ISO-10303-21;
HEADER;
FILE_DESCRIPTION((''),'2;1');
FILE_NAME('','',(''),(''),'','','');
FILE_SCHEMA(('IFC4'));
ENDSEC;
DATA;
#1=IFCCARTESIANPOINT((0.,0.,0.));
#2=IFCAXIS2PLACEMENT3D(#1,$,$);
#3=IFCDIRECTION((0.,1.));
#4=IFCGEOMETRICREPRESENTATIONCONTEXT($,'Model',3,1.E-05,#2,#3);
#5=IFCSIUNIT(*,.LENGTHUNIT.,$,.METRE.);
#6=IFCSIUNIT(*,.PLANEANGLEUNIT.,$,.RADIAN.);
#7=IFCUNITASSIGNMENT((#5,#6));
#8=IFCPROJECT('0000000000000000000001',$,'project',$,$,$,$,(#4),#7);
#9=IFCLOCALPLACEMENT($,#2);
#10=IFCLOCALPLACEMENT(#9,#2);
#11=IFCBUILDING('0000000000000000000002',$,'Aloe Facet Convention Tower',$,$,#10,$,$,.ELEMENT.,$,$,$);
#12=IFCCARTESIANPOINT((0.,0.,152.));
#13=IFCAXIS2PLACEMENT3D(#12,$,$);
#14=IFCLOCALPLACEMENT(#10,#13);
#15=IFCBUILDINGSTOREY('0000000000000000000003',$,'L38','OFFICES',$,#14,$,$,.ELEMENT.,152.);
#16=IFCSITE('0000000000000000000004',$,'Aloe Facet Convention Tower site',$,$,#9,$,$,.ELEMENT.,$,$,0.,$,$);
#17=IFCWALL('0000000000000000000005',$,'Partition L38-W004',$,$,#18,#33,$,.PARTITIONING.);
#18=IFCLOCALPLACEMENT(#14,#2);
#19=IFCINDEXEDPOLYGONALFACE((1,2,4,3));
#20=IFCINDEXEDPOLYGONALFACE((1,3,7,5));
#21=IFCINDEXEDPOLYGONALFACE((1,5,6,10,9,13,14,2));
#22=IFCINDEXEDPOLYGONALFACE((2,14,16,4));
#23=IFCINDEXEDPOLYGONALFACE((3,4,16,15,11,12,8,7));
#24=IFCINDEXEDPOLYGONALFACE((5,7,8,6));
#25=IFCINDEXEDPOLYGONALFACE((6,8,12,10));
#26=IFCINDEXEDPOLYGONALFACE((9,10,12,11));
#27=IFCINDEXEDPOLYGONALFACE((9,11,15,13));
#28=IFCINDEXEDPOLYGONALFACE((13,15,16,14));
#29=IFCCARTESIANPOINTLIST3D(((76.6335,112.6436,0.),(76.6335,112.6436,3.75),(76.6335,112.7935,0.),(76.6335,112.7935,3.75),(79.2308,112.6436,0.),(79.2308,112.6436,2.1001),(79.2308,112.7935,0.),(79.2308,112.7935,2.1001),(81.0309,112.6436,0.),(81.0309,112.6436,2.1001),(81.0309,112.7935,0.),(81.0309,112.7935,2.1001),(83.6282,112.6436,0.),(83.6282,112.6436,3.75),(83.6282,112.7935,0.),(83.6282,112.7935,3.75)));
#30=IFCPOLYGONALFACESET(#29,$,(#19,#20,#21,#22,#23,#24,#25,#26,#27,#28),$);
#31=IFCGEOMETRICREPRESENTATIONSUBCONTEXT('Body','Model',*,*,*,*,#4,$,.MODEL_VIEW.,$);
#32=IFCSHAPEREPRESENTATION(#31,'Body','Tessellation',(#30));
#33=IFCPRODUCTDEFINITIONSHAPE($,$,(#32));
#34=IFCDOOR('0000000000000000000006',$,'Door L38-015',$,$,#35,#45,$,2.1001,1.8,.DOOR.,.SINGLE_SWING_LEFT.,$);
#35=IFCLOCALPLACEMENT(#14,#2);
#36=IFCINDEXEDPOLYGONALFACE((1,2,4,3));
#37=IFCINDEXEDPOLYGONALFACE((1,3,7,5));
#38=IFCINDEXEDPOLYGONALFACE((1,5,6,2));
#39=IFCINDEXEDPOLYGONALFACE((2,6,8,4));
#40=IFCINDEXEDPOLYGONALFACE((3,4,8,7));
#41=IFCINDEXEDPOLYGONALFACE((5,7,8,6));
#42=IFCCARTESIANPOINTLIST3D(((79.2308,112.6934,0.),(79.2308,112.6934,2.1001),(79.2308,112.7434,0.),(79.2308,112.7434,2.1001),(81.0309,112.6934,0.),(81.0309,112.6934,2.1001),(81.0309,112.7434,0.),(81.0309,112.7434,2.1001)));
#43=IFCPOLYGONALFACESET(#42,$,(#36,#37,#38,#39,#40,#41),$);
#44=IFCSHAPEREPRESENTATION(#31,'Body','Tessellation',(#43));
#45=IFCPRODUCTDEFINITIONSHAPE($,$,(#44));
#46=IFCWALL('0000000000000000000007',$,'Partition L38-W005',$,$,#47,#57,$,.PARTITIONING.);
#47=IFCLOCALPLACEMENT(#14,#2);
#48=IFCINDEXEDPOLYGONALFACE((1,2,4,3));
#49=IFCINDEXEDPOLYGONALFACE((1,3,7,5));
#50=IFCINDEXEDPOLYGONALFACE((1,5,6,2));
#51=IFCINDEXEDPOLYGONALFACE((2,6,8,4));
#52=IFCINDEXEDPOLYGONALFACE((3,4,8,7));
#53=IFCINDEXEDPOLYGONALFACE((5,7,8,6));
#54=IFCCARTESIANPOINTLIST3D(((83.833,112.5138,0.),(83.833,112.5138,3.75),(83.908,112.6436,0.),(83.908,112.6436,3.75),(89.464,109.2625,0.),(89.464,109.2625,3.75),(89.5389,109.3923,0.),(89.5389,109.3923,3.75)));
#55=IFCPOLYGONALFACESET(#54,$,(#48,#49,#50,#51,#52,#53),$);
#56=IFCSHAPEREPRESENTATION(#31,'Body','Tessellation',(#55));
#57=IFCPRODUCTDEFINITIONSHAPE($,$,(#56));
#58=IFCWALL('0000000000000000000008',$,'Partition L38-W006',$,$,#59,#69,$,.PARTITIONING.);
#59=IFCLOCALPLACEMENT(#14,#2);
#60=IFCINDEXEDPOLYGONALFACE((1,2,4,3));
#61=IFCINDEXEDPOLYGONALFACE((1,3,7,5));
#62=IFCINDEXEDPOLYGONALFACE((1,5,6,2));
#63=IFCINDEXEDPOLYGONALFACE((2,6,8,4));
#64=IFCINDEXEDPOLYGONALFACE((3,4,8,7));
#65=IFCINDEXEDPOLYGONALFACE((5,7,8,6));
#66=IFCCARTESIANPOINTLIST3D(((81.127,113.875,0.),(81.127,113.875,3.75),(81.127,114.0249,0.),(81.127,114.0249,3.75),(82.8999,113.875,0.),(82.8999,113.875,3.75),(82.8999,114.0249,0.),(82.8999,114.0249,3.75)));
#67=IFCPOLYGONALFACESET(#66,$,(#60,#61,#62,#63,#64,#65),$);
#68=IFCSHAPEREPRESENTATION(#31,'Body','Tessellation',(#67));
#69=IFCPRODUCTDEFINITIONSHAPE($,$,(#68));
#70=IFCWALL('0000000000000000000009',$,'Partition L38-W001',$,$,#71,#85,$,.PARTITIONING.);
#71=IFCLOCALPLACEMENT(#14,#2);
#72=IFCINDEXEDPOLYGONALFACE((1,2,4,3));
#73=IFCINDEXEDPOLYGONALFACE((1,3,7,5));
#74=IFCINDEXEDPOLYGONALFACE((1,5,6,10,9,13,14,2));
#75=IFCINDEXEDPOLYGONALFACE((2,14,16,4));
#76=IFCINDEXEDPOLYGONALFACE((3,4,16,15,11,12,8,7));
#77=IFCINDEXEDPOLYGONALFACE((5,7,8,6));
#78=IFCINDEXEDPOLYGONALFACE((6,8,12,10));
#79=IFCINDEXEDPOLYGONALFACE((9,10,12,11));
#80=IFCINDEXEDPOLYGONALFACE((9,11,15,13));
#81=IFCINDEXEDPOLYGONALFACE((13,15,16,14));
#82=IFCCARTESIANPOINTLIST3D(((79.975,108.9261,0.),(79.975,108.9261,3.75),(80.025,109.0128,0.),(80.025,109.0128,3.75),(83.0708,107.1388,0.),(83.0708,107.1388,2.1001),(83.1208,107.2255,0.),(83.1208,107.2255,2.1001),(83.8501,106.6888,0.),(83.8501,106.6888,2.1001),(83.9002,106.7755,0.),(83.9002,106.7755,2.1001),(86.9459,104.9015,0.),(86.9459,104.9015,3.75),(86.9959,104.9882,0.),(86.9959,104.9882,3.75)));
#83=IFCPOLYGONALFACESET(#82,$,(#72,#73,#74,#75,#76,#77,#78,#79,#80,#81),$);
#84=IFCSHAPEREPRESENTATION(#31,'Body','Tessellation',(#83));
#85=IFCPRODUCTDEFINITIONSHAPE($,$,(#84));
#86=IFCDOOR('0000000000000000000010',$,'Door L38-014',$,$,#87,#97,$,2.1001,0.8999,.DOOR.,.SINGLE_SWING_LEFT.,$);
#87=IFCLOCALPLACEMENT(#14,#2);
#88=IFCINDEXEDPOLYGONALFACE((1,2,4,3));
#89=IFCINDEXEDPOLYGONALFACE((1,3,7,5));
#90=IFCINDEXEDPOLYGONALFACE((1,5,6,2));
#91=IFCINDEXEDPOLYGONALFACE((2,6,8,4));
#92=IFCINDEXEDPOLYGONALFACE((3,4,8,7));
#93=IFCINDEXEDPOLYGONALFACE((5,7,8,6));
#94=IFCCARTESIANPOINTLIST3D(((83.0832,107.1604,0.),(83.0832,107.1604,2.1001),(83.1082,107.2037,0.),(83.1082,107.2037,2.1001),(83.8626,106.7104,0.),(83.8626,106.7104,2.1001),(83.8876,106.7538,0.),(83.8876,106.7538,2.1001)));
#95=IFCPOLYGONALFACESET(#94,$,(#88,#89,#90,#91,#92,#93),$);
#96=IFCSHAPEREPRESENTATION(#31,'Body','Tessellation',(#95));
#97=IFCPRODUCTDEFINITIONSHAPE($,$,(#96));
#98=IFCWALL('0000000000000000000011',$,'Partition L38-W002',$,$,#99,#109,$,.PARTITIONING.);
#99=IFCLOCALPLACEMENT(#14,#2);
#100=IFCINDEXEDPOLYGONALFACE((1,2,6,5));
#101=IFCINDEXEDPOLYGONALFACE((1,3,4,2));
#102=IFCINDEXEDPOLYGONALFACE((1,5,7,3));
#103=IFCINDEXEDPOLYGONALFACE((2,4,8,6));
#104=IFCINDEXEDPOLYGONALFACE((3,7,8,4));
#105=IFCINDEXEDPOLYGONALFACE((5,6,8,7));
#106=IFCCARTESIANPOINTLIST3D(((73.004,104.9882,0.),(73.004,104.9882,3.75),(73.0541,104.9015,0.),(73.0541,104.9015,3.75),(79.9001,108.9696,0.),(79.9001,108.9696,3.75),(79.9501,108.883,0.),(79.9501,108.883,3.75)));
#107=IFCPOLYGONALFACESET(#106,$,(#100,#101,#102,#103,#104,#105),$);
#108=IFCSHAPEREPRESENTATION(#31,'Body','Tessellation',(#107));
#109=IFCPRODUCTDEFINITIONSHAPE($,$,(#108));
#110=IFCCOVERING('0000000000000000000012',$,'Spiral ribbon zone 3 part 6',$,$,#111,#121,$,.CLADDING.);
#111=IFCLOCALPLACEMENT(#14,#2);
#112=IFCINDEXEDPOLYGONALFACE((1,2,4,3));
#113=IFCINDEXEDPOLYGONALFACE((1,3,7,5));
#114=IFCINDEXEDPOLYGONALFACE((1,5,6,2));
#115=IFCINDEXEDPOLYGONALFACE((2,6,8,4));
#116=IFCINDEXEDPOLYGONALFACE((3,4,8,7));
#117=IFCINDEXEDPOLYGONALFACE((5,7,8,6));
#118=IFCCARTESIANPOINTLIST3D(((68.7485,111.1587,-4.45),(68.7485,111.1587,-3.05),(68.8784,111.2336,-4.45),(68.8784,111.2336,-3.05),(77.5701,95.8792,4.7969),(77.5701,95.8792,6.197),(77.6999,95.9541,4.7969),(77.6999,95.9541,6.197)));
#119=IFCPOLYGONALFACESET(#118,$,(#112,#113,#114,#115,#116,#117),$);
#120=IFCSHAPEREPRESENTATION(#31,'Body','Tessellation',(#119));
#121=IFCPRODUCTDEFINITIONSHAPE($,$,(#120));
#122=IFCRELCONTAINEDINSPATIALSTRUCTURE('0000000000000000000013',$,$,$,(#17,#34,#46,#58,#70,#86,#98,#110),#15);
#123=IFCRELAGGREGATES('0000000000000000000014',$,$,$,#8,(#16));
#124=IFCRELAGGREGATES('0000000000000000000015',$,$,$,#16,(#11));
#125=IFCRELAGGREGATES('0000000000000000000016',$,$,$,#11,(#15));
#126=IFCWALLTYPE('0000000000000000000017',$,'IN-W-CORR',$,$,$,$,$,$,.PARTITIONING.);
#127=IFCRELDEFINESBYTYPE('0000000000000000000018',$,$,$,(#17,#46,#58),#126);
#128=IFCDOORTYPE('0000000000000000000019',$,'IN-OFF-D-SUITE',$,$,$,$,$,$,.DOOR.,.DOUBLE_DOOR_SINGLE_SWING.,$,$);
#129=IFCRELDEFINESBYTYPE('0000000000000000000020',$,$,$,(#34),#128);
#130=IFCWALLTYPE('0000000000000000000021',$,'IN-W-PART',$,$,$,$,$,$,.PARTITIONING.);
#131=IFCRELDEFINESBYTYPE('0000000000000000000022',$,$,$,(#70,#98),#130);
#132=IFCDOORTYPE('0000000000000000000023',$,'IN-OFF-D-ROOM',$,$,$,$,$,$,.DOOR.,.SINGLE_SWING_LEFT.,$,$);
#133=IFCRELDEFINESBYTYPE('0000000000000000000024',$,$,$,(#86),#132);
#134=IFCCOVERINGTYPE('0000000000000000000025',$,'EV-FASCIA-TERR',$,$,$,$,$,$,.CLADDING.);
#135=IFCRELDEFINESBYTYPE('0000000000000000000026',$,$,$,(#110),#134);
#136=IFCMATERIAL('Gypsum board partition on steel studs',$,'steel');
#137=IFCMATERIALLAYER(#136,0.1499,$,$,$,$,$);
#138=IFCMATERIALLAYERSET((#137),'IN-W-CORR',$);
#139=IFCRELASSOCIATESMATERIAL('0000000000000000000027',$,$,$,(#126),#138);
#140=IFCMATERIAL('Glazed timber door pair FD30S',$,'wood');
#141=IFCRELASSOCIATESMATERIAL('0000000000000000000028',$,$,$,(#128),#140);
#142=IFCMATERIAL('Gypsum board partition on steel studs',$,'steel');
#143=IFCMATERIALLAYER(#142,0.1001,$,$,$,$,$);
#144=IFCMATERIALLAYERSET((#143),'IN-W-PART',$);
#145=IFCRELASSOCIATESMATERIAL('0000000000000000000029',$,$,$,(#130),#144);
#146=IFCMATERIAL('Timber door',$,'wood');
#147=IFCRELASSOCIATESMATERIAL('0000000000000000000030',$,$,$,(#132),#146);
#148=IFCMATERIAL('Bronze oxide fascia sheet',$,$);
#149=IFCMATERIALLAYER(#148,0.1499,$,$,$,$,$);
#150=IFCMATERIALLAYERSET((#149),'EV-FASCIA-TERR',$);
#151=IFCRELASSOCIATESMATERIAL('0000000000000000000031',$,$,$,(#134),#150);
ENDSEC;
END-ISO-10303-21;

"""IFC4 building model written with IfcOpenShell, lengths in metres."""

from ifc_helpers import new_model, si_unit, direction, frame, frame_2d, origin, place, context, subcontext, project, spatial, polyline, rectangle, outline, extrude, material, layer, layer_set, type_object, element, fill, save


model = new_model("IFC4")

# Units and contexts
model_context = context("Model", 3, precision=1e-05, world=origin(), true_north=direction((0.0, 1.0)))
body_context = subcontext(model_context, "Body", "Model", "MODEL_VIEW")
ifc_project = project(units=[si_unit("LENGTHUNIT", "METRE"), si_unit("PLANEANGLEUNIT", "RADIAN")], contexts=[model_context])

# Site, building, storey
site_placement = place(None, origin())
site = spatial("IfcSite", under=ifc_project, at=site_placement, Name="Aloe Facet Convention Tower site", CompositionType="ELEMENT", RefElevation=0.0)
building_placement = place(site_placement, origin())
building = spatial("IfcBuilding", under=site, at=building_placement, Name="Aloe Facet Convention Tower", CompositionType="ELEMENT")
storey_placement = place(building_placement, frame((0.0, 0.0, 152.0)))
storey = spatial("IfcBuildingStorey", under=building, at=storey_placement, Name="L38", Description="OFFICES", CompositionType="ELEMENT", Elevation=152.0)

# Shared definitions
ifc_material_1 = material(Name="Gypsum board partition on steel studs", Category="steel")
ifc_layer_1 = layer(ifc_material_1, 0.1499)
ifc_layer_set_1 = layer_set([ifc_layer_1], Name="IN-W-CORR")
wall_type_1 = type_object("IfcWallType", Name="IN-W-CORR", PredefinedType="PARTITIONING", material=ifc_layer_set_1)

# Wall, opening, door
wall_1_placement = place(storey_placement, frame((76.6335, 112.7185, 0.0), z_axis=(0.0, 0.0, 1.0), x_axis=(1.0, 0.0, 0.0)))
wall_1 = element("IfcWall", 1, at=wall_1_placement, inside=storey, type_object=wall_type_1, Name="Partition L38-W004", PredefinedType="PARTITIONING", context=body_context, shape_type="SweptSolid", body=[
    extrude(rectangle(XDim=6.9946, YDim=0.1499, at=frame_2d((3.4973, 0.0))), origin(), (0.0, 0.0, 1.0), 3.75),
])
opening_1_placement = place(wall_1_placement, frame((2.5974, 0.0, 0.0)))
opening_1 = element("IfcOpeningElement", 2, at=opening_1_placement, cuts=wall_1, PredefinedType="OPENING", context=body_context, shape_type="SweptSolid", body=[
    extrude(rectangle(XDim=1.8, YDim=2.1001, at=frame_2d((0.8999, 1.05))), frame((0.0, 0.085, 0.0), z_axis=(0.0, -1.0, 0.0), x_axis=(1.0, 0.0, 0.0)), (0.0, 0.0, 1.0), 0.1699),
])
ifc_material_2 = material(Name="Glazed timber door pair FD30S", Category="wood")
door_type_1 = type_object("IfcDoorType", Name="IN-OFF-D-SUITE", OperationType="DOUBLE_DOOR_SINGLE_SWING", PredefinedType="DOOR", material=ifc_material_2)
door_1_placement = place(opening_1_placement, origin())
door_1 = element("IfcDoor", 3, at=door_1_placement, inside=storey, type_object=door_type_1, Name="Door L38-015", OperationType="SINGLE_SWING_LEFT", OverallHeight=2.1001, OverallWidth=1.8, PredefinedType="DOOR", context=body_context, shape_type="SweptSolid", body=[
    extrude(rectangle(XDim=1.8, YDim=2.1001, at=frame_2d((0.8999, 1.05))), frame((0.0, 0.0249, 0.0), z_axis=(0.0, -1.0, 0.0), x_axis=(1.0, 0.0, 0.0)), (0.0, 0.0, 1.0), 0.05),
])
fill(opening_1, door_1)

# Walls
wall_2_placement = place(storey_placement, frame((83.8706, 112.5786, 0.0), z_axis=(0.0, 0.0, 1.0), x_axis=(0.866009, -0.500028, 0.0)))
element("IfcWall", 4, at=wall_2_placement, inside=storey, type_object=wall_type_1, Name="Partition L38-W005", PredefinedType="PARTITIONING", context=body_context, shape_type="SweptSolid", body=[
    extrude(rectangle(XDim=6.5022, YDim=0.1499, at=frame_2d((3.251, 0.0))), origin(), (0.0, 0.0, 1.0), 3.75),
])
wall_3_placement = place(storey_placement, frame((81.127, 113.95, 0.0), z_axis=(0.0, 0.0, 1.0), x_axis=(1.0, 0.0, 0.0)))
element("IfcWall", 5, at=wall_3_placement, inside=storey, type_object=wall_type_1, Name="Partition L38-W006", PredefinedType="PARTITIONING", context=body_context, shape_type="SweptSolid", body=[
    extrude(rectangle(XDim=1.7729, YDim=0.1499, at=frame_2d((0.8865, 0.0))), origin(), (0.0, 0.0, 1.0), 3.75),
])

# Wall, opening, door
ifc_material_3 = material(Name="Gypsum board partition on steel studs", Category="steel")
ifc_layer_2 = layer(ifc_material_3, 0.1001)
ifc_layer_set_2 = layer_set([ifc_layer_2], Name="IN-W-PART")
wall_type_2 = type_object("IfcWallType", Name="IN-W-PART", PredefinedType="PARTITIONING", material=ifc_layer_set_2)
wall_4_placement = place(storey_placement, frame((80.0, 108.9695, 0.0), z_axis=(0.0, 0.0, 1.0), x_axis=(0.866026, -0.499998, 0.0)))
wall_4 = element("IfcWall", 6, at=wall_4_placement, inside=storey, type_object=wall_type_2, Name="Partition L38-W001", PredefinedType="PARTITIONING", context=body_context, shape_type="SweptSolid", body=[
    extrude(rectangle(XDim=8.0493, YDim=0.1001, at=frame_2d((4.0247, 0.0))), origin(), (0.0, 0.0, 1.0), 3.75),
])
opening_2_placement = place(wall_4_placement, frame((3.5747, 0.0, 0.0)))
opening_2 = element("IfcOpeningElement", 7, at=opening_2_placement, cuts=wall_4, PredefinedType="OPENING", context=body_context, shape_type="SweptSolid", body=[
    extrude(rectangle(XDim=0.8999, YDim=2.1001, at=frame_2d((0.45, 1.05))), frame((0.0, 0.0601, 0.0), z_axis=(0.0, -1.0, 0.0), x_axis=(1.0, 0.0, 0.0)), (0.0, 0.0, 1.0), 0.1201),
])
ifc_material_4 = material(Name="Timber door", Category="wood")
door_type_2 = type_object("IfcDoorType", Name="IN-OFF-D-ROOM", OperationType="SINGLE_SWING_LEFT", PredefinedType="DOOR", material=ifc_material_4)
door_2_placement = place(opening_2_placement, origin())
door_2 = element("IfcDoor", 8, at=door_2_placement, inside=storey, type_object=door_type_2, Name="Door L38-014", OperationType="SINGLE_SWING_LEFT", OverallHeight=2.1001, OverallWidth=0.8999, PredefinedType="DOOR", context=body_context, shape_type="SweptSolid", body=[
    extrude(rectangle(XDim=0.8999, YDim=2.1001, at=frame_2d((0.45, 1.05))), frame((0.0, 0.0249, 0.0), z_axis=(0.0, -1.0, 0.0), x_axis=(1.0, 0.0, 0.0)), (0.0, 0.0, 1.0), 0.05),
])
fill(opening_2, door_2)

# Wall
wall_5_placement = place(storey_placement, frame((73.0291, 104.9448, 0.0), z_axis=(0.0, 0.0, 1.0), x_axis=(0.866023, 0.500004, 0.0)))
element("IfcWall", 9, at=wall_5_placement, inside=storey, type_object=wall_type_2, Name="Partition L38-W002", PredefinedType="PARTITIONING", context=body_context, shape_type="SweptSolid", body=[
    extrude(rectangle(XDim=7.9629, YDim=0.1001, at=frame_2d((3.9814, 0.0))), origin(), (0.0, 0.0, 1.0), 3.75),
])

# Covering
ifc_material_5 = material(Name="Bronze oxide fascia sheet")
ifc_layer_3 = layer(ifc_material_5, 0.1499)
ifc_layer_set_3 = layer_set([ifc_layer_3], Name="EV-FASCIA-TERR")
covering_type = type_object("IfcCoveringType", Name="EV-FASCIA-TERR", PredefinedType="CLADDING", material=ifc_layer_set_3)
covering_placement = place(storey_placement, frame((68.7485, 111.1587, -4.45), z_axis=(-0.866028, -0.499995, 0.0), x_axis=(0.442859, -0.767063, 0.464209)))
element("IfcCovering", 10, at=covering_placement, inside=storey, type_object=covering_type, Name="Spiral ribbon zone 3 part 6", PredefinedType="CLADDING", context=body_context, shape_type="SweptSolid", body=[
    extrude(outline(polyline([(0.0, 0.0), (19.9195, 0.0), (20.5695, 1.2401), (0.6498, 1.2399), (0.0, 0.0)])), origin(), (0.0, 0.0, -1.0), 0.1499),
])

save(model, "model.ifc")
